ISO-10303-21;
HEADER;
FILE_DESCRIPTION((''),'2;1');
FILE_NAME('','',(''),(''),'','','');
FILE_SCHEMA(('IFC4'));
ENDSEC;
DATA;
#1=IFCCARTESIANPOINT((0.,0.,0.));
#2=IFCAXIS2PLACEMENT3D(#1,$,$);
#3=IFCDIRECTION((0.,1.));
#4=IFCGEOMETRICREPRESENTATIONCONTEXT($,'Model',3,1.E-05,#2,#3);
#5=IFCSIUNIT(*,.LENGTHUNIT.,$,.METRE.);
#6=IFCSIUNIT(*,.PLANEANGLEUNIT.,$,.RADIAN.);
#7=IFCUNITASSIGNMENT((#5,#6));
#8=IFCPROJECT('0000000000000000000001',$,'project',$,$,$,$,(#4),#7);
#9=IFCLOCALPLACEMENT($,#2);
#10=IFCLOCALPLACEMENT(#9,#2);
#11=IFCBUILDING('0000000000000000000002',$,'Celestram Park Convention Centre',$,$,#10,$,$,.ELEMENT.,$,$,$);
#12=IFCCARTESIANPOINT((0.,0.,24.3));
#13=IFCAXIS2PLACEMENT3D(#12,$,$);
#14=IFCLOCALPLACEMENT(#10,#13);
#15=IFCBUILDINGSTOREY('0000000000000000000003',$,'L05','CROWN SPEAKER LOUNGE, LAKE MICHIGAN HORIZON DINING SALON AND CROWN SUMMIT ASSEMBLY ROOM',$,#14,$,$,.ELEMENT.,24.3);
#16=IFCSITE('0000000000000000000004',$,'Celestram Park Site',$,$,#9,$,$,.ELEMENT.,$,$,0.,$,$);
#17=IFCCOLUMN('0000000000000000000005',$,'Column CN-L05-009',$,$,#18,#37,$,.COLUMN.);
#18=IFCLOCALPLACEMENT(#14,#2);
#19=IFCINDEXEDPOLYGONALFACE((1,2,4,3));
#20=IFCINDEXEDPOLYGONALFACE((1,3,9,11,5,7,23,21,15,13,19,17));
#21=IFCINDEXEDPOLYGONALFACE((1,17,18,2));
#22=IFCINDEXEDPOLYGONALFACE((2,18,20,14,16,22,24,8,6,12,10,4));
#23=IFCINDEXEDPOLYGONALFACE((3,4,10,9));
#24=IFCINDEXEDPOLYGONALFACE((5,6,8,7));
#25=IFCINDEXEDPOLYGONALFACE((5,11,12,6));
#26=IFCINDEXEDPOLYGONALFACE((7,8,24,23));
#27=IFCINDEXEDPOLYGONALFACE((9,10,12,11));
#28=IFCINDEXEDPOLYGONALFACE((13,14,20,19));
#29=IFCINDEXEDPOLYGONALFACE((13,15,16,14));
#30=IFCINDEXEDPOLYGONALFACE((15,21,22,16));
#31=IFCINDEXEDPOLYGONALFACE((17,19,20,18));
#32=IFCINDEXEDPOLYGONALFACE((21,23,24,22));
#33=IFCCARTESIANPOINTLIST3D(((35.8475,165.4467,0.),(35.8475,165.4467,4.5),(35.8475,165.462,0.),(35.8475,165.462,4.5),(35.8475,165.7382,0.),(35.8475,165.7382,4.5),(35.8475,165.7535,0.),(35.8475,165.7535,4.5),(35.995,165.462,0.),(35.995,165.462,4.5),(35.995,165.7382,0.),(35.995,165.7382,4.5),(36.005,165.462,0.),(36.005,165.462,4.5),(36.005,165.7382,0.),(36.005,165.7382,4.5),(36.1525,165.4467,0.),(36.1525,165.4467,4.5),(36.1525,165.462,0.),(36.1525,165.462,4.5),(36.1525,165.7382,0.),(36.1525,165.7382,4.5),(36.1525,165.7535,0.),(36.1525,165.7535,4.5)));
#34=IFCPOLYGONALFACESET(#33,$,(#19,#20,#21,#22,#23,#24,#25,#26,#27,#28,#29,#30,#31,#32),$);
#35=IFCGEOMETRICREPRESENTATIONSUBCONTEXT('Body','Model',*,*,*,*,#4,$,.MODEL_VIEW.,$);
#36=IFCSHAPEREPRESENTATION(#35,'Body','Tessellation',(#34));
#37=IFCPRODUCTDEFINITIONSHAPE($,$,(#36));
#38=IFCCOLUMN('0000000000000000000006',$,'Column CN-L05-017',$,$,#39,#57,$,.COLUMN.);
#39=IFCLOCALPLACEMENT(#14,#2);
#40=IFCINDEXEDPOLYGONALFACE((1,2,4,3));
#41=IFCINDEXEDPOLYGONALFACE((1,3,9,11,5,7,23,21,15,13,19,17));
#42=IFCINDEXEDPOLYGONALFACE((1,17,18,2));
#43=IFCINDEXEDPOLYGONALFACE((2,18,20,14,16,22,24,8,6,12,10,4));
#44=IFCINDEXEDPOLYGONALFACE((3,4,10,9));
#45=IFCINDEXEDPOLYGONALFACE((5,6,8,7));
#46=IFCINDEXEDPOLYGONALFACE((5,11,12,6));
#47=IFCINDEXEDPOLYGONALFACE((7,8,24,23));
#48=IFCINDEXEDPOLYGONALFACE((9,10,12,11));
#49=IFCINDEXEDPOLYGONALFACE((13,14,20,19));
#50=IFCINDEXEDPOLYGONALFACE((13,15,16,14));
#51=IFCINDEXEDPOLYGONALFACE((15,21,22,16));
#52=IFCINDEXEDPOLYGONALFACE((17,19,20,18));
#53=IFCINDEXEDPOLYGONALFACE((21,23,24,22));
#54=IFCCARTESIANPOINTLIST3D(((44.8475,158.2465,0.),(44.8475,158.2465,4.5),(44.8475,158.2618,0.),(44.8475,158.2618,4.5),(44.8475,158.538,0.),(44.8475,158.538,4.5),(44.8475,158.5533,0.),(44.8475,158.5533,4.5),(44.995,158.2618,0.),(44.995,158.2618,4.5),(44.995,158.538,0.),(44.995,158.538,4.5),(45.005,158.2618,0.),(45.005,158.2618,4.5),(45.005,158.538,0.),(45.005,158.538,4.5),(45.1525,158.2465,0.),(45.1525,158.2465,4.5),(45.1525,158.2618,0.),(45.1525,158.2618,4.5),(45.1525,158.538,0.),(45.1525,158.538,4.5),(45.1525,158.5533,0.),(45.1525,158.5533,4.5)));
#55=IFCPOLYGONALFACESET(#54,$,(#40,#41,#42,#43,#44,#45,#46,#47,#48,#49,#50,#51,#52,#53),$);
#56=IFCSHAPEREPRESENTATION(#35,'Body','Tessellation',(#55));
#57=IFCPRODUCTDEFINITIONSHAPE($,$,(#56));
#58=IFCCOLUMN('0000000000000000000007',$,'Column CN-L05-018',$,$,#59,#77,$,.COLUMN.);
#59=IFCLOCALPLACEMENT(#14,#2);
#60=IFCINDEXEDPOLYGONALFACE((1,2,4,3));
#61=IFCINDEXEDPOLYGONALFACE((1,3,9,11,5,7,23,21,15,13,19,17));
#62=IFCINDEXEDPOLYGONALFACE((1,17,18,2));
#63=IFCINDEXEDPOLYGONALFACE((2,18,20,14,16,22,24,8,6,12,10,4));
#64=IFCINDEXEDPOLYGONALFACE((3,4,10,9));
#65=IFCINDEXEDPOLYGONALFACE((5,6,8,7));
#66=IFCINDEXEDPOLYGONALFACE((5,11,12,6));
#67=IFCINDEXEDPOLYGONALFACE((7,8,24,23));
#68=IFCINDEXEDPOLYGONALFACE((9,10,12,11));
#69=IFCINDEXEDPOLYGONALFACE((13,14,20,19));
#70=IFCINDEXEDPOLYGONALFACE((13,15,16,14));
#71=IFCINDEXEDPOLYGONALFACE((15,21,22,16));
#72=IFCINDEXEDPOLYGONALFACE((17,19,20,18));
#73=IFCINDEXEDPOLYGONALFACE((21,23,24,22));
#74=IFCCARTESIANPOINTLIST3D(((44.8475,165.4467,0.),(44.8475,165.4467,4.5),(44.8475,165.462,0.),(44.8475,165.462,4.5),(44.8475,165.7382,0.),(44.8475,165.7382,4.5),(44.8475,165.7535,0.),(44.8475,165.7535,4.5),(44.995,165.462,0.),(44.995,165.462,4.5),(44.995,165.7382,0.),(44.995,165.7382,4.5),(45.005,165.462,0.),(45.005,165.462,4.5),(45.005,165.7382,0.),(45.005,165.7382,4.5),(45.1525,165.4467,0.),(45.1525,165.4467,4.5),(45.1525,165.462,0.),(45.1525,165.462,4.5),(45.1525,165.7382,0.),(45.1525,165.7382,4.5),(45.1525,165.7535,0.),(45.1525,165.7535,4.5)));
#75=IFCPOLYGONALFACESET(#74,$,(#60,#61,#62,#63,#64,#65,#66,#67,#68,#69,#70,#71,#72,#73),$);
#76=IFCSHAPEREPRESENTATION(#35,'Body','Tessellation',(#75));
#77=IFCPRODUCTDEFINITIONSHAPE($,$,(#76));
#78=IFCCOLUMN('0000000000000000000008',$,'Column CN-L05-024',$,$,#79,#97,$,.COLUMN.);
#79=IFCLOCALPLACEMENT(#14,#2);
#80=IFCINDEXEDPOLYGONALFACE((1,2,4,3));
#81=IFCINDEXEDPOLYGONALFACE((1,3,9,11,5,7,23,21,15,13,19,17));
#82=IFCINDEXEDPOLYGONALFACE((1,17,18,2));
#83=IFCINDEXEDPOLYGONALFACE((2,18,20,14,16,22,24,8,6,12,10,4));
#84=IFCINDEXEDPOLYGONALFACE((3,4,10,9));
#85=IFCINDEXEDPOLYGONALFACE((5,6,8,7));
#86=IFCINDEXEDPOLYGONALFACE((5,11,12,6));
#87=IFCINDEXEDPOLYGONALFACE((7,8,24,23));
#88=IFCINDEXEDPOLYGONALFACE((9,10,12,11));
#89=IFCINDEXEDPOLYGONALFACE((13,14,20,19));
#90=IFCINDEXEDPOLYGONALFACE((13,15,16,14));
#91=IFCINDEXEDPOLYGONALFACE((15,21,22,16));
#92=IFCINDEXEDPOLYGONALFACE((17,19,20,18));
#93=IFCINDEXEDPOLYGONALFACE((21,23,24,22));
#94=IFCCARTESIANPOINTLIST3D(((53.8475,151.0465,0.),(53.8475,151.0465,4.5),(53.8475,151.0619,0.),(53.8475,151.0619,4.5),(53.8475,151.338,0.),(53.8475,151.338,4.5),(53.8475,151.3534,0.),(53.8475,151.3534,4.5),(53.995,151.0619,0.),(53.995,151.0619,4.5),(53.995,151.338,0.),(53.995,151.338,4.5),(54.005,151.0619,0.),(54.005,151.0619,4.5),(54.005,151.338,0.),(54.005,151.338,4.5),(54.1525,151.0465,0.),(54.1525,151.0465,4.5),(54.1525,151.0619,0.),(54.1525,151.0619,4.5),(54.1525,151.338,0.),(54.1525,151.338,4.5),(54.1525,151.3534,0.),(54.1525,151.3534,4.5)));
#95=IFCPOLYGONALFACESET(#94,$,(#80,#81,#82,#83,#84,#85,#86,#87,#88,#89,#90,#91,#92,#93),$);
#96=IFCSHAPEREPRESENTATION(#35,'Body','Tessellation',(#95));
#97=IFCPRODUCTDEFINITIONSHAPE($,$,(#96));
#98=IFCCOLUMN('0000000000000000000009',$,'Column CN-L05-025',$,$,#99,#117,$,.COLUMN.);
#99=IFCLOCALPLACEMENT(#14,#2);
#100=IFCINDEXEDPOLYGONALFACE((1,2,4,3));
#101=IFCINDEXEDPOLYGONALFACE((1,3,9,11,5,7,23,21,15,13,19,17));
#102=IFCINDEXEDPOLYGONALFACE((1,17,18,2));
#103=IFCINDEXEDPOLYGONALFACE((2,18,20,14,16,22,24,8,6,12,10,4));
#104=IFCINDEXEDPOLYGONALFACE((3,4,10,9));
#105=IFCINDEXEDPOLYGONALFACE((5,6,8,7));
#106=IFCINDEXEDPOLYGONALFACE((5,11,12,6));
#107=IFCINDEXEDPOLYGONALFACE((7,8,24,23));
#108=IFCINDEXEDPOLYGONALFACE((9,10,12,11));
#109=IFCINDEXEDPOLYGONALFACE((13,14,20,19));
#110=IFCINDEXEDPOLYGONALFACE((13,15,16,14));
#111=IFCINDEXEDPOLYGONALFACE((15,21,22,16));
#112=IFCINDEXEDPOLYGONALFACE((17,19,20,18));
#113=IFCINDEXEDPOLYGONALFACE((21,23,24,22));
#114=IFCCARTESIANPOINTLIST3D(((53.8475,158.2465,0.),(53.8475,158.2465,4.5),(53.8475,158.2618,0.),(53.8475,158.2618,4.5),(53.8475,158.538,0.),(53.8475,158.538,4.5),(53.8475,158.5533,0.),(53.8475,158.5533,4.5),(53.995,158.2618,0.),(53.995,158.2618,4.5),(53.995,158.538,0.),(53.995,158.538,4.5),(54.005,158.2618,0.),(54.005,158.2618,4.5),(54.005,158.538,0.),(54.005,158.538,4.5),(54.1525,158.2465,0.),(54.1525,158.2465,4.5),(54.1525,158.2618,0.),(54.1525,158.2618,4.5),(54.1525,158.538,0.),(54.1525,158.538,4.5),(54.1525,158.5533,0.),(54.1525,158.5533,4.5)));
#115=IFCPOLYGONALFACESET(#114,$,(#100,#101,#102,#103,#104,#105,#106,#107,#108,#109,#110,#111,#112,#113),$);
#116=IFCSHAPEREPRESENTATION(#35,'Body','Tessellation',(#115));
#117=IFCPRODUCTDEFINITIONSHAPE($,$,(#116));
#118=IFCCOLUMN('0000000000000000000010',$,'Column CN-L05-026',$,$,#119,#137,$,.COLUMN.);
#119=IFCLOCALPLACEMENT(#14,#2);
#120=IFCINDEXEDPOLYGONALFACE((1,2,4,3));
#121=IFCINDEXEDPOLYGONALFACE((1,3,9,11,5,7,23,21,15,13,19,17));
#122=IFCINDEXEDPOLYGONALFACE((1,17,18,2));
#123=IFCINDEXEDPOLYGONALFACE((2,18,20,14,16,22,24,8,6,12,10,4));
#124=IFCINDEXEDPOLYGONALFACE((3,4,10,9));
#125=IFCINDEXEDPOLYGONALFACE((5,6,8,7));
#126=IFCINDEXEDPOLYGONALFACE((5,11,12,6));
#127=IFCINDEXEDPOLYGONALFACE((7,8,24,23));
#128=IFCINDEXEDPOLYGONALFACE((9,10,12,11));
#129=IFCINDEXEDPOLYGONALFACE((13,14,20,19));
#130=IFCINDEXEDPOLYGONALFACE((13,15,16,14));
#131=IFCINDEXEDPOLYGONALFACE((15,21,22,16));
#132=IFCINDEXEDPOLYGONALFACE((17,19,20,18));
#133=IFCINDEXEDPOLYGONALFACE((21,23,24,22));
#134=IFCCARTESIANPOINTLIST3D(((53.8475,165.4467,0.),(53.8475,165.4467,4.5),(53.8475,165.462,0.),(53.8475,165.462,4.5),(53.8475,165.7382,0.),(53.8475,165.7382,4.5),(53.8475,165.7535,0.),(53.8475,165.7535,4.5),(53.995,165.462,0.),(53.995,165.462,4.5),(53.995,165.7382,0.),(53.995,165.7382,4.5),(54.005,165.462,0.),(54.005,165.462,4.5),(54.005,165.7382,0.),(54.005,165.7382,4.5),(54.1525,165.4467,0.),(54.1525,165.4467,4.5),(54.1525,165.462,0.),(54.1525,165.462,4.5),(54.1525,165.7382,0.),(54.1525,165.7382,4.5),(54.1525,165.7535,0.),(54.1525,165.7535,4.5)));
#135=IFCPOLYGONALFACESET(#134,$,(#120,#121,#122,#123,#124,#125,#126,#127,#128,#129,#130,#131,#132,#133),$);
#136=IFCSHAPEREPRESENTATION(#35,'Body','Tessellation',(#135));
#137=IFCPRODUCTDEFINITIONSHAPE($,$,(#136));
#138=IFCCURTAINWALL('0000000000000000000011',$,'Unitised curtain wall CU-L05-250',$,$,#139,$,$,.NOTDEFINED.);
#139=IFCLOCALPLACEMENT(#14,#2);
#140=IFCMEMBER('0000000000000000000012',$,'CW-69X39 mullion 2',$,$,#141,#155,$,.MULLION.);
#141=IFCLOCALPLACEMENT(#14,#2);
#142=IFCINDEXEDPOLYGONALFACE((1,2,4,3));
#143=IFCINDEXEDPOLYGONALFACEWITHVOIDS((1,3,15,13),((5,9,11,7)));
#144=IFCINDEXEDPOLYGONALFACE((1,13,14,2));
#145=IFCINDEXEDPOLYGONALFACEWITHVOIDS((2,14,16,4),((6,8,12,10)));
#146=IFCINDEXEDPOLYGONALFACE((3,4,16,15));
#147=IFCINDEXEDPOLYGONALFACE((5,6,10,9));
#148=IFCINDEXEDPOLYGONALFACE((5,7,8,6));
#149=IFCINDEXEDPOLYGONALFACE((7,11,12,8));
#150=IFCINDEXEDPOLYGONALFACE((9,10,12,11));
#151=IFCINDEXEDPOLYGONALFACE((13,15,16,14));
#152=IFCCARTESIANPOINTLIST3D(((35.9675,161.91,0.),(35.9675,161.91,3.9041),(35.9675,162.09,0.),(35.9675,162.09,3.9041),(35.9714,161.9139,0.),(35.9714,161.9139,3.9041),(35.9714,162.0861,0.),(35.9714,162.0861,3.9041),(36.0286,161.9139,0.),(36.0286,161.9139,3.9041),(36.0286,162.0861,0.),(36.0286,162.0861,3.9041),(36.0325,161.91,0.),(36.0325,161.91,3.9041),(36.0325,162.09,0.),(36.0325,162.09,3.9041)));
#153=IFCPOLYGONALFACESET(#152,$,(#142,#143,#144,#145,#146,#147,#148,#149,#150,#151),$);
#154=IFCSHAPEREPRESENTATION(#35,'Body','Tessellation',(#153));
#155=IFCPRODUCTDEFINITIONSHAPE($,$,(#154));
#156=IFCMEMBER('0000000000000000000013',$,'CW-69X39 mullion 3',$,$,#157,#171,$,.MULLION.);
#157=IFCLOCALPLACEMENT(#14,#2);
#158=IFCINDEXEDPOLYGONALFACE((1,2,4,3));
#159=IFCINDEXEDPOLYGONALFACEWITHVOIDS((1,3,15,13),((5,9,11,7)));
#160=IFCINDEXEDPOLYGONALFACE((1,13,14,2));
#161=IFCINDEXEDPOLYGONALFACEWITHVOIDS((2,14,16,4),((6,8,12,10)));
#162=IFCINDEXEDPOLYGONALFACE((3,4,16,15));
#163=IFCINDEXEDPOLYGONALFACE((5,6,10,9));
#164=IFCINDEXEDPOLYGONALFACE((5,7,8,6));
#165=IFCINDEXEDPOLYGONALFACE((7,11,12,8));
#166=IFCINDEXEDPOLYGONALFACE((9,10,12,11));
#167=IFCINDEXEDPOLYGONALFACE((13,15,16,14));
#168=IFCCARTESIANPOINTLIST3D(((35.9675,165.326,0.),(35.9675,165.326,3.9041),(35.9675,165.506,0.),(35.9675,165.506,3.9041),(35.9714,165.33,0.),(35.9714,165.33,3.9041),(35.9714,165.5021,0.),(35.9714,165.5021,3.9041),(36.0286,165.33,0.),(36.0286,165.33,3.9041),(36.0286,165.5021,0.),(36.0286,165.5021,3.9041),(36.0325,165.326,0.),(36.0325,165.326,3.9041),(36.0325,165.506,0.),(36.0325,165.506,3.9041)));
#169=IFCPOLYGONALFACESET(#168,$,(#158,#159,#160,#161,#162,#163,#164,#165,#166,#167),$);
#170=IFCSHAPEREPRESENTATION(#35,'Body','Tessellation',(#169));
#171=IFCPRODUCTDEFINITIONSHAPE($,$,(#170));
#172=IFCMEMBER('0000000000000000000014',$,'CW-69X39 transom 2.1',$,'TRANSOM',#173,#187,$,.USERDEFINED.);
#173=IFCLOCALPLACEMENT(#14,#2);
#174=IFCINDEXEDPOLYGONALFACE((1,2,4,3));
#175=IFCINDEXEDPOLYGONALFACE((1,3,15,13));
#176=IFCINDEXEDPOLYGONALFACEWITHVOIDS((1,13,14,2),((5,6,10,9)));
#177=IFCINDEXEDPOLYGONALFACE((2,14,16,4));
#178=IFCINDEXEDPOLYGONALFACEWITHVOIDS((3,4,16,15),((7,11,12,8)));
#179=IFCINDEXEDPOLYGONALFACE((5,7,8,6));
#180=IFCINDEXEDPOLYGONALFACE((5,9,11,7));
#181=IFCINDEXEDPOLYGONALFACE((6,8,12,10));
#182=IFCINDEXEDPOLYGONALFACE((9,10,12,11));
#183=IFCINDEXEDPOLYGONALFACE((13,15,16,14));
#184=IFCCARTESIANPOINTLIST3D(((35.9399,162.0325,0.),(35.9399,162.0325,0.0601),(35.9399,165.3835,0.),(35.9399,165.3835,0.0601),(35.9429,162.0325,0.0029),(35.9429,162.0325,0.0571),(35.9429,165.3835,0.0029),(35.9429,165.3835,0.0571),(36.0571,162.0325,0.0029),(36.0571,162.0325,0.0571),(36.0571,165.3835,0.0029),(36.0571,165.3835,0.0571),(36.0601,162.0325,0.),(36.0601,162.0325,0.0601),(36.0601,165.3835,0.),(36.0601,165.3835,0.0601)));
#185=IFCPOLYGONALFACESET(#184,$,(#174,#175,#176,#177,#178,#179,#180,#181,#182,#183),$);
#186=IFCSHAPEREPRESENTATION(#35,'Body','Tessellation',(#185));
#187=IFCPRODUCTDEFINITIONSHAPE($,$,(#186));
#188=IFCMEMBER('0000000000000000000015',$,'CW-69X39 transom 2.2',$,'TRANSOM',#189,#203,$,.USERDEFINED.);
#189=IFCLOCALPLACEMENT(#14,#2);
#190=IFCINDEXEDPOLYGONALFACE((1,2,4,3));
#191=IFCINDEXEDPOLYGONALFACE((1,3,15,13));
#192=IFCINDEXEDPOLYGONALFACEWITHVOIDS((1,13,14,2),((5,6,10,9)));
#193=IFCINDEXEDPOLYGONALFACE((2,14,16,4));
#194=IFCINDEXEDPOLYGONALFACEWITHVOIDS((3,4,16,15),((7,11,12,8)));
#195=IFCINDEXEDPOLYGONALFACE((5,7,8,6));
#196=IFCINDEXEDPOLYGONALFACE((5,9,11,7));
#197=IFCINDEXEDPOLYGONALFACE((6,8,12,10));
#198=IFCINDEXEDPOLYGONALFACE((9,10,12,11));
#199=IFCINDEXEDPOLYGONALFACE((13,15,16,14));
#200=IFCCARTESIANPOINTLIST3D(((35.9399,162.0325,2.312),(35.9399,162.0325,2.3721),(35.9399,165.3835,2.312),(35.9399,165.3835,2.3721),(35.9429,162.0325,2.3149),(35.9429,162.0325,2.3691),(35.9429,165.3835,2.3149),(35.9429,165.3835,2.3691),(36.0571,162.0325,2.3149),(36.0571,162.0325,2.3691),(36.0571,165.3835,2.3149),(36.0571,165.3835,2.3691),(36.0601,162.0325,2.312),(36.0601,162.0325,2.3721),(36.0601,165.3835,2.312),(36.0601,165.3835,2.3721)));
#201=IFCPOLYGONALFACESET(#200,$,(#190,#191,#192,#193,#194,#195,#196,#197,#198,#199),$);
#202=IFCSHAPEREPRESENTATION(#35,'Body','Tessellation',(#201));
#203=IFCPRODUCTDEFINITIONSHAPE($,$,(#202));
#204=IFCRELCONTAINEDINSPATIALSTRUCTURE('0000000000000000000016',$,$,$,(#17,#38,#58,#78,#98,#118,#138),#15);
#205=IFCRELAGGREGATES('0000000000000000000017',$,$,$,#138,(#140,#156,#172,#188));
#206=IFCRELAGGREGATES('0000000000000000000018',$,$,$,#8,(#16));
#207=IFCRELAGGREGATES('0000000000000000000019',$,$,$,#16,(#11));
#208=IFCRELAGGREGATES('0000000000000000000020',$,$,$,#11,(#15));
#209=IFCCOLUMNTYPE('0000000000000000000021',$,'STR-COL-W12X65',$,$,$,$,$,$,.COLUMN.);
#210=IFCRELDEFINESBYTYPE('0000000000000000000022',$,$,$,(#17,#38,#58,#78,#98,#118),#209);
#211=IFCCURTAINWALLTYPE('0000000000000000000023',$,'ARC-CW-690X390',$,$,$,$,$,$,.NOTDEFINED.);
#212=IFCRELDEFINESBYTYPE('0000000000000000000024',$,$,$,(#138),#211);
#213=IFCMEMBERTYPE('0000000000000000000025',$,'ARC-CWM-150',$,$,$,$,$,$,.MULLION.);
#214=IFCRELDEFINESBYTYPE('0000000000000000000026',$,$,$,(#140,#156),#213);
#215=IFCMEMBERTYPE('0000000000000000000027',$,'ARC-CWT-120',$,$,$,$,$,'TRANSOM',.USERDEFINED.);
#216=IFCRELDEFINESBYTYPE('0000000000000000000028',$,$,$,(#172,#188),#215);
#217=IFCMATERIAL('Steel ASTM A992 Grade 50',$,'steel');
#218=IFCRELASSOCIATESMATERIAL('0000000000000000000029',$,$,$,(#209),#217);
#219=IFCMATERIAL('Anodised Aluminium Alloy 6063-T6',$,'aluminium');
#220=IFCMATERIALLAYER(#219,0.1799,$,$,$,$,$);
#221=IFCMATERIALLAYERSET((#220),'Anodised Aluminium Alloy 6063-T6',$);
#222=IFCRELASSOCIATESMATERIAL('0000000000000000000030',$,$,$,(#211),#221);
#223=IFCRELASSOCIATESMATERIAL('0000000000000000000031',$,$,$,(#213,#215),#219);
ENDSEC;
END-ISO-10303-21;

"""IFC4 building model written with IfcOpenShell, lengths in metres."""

from ifc_helpers import new_model, si_unit, direction, frame, origin, origin_2d, place, context, subcontext, project, spatial, hollow_rectangle, i_section, extrude, material, layer, layer_set, material_profile, profile_set, type_object, element, aggregate, save


model = new_model("IFC4")

# Units and contexts
model_context = context("Model", 3, precision=1e-05, world=origin(), true_north=direction((0.0, 1.0)))
body_context = subcontext(model_context, "Body", "Model", "MODEL_VIEW")
ifc_project = project(units=[si_unit("LENGTHUNIT", "METRE"), si_unit("PLANEANGLEUNIT", "RADIAN")], contexts=[model_context])

# Site, building, storey
site_placement = place(None, origin())
site = spatial("IfcSite", under=ifc_project, at=site_placement, Name="Celestram Park Site", CompositionType="ELEMENT", RefElevation=0.0)
building_placement = place(site_placement, origin())
building = spatial("IfcBuilding", under=site, at=building_placement, Name="Celestram Park Convention Centre", CompositionType="ELEMENT")
storey_placement = place(building_placement, frame((0.0, 0.0, 24.3)))
storey = spatial("IfcBuildingStorey", under=building, at=storey_placement, Name="L05", Description="CROWN SPEAKER LOUNGE, LAKE MICHIGAN HORIZON DINING SALON AND CROWN SUMMIT ASSEMBLY ROOM", CompositionType="ELEMENT", Elevation=24.3)

# Columns
ifc_material_1 = material(Name="Steel ASTM A992 Grade 50", Category="steel")
ifc_material_profile_1 = material_profile(ifc_material_1, i_section(OverallWidth=0.3049, OverallDepth=0.3069, WebThickness=0.01, FlangeThickness=0.0154, at=origin_2d()), Name="W12X65")
ifc_profile_set_1 = profile_set([ifc_material_profile_1], Name="Steel ASTM A992 Grade 50")
column_type = type_object("IfcColumnType", Name="STR-COL-W12X65", PredefinedType="COLUMN", material=ifc_profile_set_1)
for number, where, z_axis, x_axis, name in (
    (1, (36.0, 165.6001, 0.0), (0.0, 0.0, 1.0), (1.0, 0.0, 0.0), "Column CN-L05-009"),
    (2, (45.0, 158.3999, 0.0), (0.0, 0.0, 1.0), (1.0, 0.0, 0.0), "Column CN-L05-017"),
    (3, (45.0, 165.6001, 0.0), (0.0, 0.0, 1.0), (1.0, 0.0, 0.0), "Column CN-L05-018"),
    (4, (54.0, 151.2, 0.0), (0.0, 0.0, 1.0), (1.0, 0.0, 0.0), "Column CN-L05-024"),
    (5, (54.0, 158.3999, 0.0), (0.0, 0.0, 1.0), (1.0, 0.0, 0.0), "Column CN-L05-025"),
    (6, (54.0, 165.6001, 0.0), (0.0, 0.0, 1.0), (1.0, 0.0, 0.0), "Column CN-L05-026"),
):
    element("IfcColumn", number, at=place(storey_placement, frame(where, z_axis=z_axis, x_axis=x_axis)), inside=storey, type_object=column_type, Name=name, PredefinedType="COLUMN", context=body_context, shape_type="SweptSolid", body=[
        extrude(i_section(OverallWidth=0.3049, OverallDepth=0.3069, WebThickness=0.01, FlangeThickness=0.0154, at=origin_2d()), origin(), (0.0, 0.0, 1.0), 4.5),
    ])

# Curtain wall, members
ifc_material_2 = material(Name="Anodised Aluminium Alloy 6063-T6", Category="aluminium")
ifc_layer_1 = layer(ifc_material_2, 0.1799)
ifc_layer_set_1 = layer_set([ifc_layer_1], Name="Anodised Aluminium Alloy 6063-T6")
curtain_wall_type = type_object("IfcCurtainWallType", Name="ARC-CW-690X390", PredefinedType="NOTDEFINED", material=ifc_layer_set_1)
curtain_wall_placement = place(storey_placement, origin())
curtain_wall = element("IfcCurtainWall", 7, at=curtain_wall_placement, inside=storey, type_object=curtain_wall_type, Name="Unitised curtain wall CU-L05-250", PredefinedType="NOTDEFINED")
ifc_material_profile_2 = material_profile(ifc_material_2, hollow_rectangle(XDim=0.0649, YDim=0.1799, WallThickness=0.0039, at=origin_2d()), Name="ALU65X180X4")
ifc_profile_set_2 = profile_set([ifc_material_profile_2], Name="Anodised Aluminium Alloy 6063-T6")
member_type_1 = type_object("IfcMemberType", Name="ARC-CWM-150", PredefinedType="MULLION", material=ifc_profile_set_2)
member_1_placement = place(storey_placement, frame((36.0, 162.0, 0.0), z_axis=(0.0, 0.0, 1.0), x_axis=(-1.0, 0.0, 0.0)))
member_1 = element("IfcMember", 8, at=member_1_placement, type_object=member_type_1, Name="CW-69X39 mullion 2", PredefinedType="MULLION", context=body_context, shape_type="SweptSolid", body=[
    extrude(hollow_rectangle(XDim=0.0649, YDim=0.1799, WallThickness=0.0039, at=origin_2d()), origin(), (0.0, 0.0, 1.0), 3.9041),
])
member_2_placement = place(storey_placement, frame((36.0, 165.416, 0.0), z_axis=(0.0, 0.0, 1.0), x_axis=(-1.0, 0.0, 0.0)))
member_2 = element("IfcMember", 9, at=member_2_placement, type_object=member_type_1, Name="CW-69X39 mullion 3", PredefinedType="MULLION", context=body_context, shape_type="SweptSolid", body=[
    extrude(hollow_rectangle(XDim=0.0649, YDim=0.1799, WallThickness=0.0039, at=origin_2d()), origin(), (0.0, 0.0, 1.0), 3.9041),
])
ifc_material_profile_3 = material_profile(ifc_material_2, hollow_rectangle(XDim=0.1201, YDim=0.0601, WallThickness=0.0029, at=origin_2d()), Name="ALU120X60X3")
ifc_profile_set_3 = profile_set([ifc_material_profile_3], Name="Anodised Aluminium Alloy 6063-T6")
member_type_2 = type_object("IfcMemberType", Name="ARC-CWT-120", ElementType="TRANSOM", PredefinedType="USERDEFINED", material=ifc_profile_set_3)
member_3_placement = place(storey_placement, frame((36.0, 162.0325, 0.03), z_axis=(0.0, 1.0, 0.0), x_axis=(-1.0, 0.0, 0.0)))
member_3 = element("IfcMember", 10, at=member_3_placement, type_object=member_type_2, Name="CW-69X39 transom 2.1", ObjectType="TRANSOM", PredefinedType="USERDEFINED", context=body_context, shape_type="SweptSolid", body=[
    extrude(hollow_rectangle(XDim=0.1201, YDim=0.0601, WallThickness=0.0029, at=origin_2d()), origin(), (0.0, 0.0, 1.0), 3.3511),
])
member_4_placement = place(storey_placement, frame((36.0, 162.0325, 2.342), z_axis=(0.0, 1.0, 0.0), x_axis=(-1.0, 0.0, 0.0)))
member_4 = element("IfcMember", 11, at=member_4_placement, type_object=member_type_2, Name="CW-69X39 transom 2.2", ObjectType="TRANSOM", PredefinedType="USERDEFINED", context=body_context, shape_type="SweptSolid", body=[
    extrude(hollow_rectangle(XDim=0.1201, YDim=0.0601, WallThickness=0.0029, at=origin_2d()), origin(), (0.0, 0.0, 1.0), 3.3511),
])

aggregate(curtain_wall, [member_1, member_2, member_3, member_4])

save(model, "model.ifc")
